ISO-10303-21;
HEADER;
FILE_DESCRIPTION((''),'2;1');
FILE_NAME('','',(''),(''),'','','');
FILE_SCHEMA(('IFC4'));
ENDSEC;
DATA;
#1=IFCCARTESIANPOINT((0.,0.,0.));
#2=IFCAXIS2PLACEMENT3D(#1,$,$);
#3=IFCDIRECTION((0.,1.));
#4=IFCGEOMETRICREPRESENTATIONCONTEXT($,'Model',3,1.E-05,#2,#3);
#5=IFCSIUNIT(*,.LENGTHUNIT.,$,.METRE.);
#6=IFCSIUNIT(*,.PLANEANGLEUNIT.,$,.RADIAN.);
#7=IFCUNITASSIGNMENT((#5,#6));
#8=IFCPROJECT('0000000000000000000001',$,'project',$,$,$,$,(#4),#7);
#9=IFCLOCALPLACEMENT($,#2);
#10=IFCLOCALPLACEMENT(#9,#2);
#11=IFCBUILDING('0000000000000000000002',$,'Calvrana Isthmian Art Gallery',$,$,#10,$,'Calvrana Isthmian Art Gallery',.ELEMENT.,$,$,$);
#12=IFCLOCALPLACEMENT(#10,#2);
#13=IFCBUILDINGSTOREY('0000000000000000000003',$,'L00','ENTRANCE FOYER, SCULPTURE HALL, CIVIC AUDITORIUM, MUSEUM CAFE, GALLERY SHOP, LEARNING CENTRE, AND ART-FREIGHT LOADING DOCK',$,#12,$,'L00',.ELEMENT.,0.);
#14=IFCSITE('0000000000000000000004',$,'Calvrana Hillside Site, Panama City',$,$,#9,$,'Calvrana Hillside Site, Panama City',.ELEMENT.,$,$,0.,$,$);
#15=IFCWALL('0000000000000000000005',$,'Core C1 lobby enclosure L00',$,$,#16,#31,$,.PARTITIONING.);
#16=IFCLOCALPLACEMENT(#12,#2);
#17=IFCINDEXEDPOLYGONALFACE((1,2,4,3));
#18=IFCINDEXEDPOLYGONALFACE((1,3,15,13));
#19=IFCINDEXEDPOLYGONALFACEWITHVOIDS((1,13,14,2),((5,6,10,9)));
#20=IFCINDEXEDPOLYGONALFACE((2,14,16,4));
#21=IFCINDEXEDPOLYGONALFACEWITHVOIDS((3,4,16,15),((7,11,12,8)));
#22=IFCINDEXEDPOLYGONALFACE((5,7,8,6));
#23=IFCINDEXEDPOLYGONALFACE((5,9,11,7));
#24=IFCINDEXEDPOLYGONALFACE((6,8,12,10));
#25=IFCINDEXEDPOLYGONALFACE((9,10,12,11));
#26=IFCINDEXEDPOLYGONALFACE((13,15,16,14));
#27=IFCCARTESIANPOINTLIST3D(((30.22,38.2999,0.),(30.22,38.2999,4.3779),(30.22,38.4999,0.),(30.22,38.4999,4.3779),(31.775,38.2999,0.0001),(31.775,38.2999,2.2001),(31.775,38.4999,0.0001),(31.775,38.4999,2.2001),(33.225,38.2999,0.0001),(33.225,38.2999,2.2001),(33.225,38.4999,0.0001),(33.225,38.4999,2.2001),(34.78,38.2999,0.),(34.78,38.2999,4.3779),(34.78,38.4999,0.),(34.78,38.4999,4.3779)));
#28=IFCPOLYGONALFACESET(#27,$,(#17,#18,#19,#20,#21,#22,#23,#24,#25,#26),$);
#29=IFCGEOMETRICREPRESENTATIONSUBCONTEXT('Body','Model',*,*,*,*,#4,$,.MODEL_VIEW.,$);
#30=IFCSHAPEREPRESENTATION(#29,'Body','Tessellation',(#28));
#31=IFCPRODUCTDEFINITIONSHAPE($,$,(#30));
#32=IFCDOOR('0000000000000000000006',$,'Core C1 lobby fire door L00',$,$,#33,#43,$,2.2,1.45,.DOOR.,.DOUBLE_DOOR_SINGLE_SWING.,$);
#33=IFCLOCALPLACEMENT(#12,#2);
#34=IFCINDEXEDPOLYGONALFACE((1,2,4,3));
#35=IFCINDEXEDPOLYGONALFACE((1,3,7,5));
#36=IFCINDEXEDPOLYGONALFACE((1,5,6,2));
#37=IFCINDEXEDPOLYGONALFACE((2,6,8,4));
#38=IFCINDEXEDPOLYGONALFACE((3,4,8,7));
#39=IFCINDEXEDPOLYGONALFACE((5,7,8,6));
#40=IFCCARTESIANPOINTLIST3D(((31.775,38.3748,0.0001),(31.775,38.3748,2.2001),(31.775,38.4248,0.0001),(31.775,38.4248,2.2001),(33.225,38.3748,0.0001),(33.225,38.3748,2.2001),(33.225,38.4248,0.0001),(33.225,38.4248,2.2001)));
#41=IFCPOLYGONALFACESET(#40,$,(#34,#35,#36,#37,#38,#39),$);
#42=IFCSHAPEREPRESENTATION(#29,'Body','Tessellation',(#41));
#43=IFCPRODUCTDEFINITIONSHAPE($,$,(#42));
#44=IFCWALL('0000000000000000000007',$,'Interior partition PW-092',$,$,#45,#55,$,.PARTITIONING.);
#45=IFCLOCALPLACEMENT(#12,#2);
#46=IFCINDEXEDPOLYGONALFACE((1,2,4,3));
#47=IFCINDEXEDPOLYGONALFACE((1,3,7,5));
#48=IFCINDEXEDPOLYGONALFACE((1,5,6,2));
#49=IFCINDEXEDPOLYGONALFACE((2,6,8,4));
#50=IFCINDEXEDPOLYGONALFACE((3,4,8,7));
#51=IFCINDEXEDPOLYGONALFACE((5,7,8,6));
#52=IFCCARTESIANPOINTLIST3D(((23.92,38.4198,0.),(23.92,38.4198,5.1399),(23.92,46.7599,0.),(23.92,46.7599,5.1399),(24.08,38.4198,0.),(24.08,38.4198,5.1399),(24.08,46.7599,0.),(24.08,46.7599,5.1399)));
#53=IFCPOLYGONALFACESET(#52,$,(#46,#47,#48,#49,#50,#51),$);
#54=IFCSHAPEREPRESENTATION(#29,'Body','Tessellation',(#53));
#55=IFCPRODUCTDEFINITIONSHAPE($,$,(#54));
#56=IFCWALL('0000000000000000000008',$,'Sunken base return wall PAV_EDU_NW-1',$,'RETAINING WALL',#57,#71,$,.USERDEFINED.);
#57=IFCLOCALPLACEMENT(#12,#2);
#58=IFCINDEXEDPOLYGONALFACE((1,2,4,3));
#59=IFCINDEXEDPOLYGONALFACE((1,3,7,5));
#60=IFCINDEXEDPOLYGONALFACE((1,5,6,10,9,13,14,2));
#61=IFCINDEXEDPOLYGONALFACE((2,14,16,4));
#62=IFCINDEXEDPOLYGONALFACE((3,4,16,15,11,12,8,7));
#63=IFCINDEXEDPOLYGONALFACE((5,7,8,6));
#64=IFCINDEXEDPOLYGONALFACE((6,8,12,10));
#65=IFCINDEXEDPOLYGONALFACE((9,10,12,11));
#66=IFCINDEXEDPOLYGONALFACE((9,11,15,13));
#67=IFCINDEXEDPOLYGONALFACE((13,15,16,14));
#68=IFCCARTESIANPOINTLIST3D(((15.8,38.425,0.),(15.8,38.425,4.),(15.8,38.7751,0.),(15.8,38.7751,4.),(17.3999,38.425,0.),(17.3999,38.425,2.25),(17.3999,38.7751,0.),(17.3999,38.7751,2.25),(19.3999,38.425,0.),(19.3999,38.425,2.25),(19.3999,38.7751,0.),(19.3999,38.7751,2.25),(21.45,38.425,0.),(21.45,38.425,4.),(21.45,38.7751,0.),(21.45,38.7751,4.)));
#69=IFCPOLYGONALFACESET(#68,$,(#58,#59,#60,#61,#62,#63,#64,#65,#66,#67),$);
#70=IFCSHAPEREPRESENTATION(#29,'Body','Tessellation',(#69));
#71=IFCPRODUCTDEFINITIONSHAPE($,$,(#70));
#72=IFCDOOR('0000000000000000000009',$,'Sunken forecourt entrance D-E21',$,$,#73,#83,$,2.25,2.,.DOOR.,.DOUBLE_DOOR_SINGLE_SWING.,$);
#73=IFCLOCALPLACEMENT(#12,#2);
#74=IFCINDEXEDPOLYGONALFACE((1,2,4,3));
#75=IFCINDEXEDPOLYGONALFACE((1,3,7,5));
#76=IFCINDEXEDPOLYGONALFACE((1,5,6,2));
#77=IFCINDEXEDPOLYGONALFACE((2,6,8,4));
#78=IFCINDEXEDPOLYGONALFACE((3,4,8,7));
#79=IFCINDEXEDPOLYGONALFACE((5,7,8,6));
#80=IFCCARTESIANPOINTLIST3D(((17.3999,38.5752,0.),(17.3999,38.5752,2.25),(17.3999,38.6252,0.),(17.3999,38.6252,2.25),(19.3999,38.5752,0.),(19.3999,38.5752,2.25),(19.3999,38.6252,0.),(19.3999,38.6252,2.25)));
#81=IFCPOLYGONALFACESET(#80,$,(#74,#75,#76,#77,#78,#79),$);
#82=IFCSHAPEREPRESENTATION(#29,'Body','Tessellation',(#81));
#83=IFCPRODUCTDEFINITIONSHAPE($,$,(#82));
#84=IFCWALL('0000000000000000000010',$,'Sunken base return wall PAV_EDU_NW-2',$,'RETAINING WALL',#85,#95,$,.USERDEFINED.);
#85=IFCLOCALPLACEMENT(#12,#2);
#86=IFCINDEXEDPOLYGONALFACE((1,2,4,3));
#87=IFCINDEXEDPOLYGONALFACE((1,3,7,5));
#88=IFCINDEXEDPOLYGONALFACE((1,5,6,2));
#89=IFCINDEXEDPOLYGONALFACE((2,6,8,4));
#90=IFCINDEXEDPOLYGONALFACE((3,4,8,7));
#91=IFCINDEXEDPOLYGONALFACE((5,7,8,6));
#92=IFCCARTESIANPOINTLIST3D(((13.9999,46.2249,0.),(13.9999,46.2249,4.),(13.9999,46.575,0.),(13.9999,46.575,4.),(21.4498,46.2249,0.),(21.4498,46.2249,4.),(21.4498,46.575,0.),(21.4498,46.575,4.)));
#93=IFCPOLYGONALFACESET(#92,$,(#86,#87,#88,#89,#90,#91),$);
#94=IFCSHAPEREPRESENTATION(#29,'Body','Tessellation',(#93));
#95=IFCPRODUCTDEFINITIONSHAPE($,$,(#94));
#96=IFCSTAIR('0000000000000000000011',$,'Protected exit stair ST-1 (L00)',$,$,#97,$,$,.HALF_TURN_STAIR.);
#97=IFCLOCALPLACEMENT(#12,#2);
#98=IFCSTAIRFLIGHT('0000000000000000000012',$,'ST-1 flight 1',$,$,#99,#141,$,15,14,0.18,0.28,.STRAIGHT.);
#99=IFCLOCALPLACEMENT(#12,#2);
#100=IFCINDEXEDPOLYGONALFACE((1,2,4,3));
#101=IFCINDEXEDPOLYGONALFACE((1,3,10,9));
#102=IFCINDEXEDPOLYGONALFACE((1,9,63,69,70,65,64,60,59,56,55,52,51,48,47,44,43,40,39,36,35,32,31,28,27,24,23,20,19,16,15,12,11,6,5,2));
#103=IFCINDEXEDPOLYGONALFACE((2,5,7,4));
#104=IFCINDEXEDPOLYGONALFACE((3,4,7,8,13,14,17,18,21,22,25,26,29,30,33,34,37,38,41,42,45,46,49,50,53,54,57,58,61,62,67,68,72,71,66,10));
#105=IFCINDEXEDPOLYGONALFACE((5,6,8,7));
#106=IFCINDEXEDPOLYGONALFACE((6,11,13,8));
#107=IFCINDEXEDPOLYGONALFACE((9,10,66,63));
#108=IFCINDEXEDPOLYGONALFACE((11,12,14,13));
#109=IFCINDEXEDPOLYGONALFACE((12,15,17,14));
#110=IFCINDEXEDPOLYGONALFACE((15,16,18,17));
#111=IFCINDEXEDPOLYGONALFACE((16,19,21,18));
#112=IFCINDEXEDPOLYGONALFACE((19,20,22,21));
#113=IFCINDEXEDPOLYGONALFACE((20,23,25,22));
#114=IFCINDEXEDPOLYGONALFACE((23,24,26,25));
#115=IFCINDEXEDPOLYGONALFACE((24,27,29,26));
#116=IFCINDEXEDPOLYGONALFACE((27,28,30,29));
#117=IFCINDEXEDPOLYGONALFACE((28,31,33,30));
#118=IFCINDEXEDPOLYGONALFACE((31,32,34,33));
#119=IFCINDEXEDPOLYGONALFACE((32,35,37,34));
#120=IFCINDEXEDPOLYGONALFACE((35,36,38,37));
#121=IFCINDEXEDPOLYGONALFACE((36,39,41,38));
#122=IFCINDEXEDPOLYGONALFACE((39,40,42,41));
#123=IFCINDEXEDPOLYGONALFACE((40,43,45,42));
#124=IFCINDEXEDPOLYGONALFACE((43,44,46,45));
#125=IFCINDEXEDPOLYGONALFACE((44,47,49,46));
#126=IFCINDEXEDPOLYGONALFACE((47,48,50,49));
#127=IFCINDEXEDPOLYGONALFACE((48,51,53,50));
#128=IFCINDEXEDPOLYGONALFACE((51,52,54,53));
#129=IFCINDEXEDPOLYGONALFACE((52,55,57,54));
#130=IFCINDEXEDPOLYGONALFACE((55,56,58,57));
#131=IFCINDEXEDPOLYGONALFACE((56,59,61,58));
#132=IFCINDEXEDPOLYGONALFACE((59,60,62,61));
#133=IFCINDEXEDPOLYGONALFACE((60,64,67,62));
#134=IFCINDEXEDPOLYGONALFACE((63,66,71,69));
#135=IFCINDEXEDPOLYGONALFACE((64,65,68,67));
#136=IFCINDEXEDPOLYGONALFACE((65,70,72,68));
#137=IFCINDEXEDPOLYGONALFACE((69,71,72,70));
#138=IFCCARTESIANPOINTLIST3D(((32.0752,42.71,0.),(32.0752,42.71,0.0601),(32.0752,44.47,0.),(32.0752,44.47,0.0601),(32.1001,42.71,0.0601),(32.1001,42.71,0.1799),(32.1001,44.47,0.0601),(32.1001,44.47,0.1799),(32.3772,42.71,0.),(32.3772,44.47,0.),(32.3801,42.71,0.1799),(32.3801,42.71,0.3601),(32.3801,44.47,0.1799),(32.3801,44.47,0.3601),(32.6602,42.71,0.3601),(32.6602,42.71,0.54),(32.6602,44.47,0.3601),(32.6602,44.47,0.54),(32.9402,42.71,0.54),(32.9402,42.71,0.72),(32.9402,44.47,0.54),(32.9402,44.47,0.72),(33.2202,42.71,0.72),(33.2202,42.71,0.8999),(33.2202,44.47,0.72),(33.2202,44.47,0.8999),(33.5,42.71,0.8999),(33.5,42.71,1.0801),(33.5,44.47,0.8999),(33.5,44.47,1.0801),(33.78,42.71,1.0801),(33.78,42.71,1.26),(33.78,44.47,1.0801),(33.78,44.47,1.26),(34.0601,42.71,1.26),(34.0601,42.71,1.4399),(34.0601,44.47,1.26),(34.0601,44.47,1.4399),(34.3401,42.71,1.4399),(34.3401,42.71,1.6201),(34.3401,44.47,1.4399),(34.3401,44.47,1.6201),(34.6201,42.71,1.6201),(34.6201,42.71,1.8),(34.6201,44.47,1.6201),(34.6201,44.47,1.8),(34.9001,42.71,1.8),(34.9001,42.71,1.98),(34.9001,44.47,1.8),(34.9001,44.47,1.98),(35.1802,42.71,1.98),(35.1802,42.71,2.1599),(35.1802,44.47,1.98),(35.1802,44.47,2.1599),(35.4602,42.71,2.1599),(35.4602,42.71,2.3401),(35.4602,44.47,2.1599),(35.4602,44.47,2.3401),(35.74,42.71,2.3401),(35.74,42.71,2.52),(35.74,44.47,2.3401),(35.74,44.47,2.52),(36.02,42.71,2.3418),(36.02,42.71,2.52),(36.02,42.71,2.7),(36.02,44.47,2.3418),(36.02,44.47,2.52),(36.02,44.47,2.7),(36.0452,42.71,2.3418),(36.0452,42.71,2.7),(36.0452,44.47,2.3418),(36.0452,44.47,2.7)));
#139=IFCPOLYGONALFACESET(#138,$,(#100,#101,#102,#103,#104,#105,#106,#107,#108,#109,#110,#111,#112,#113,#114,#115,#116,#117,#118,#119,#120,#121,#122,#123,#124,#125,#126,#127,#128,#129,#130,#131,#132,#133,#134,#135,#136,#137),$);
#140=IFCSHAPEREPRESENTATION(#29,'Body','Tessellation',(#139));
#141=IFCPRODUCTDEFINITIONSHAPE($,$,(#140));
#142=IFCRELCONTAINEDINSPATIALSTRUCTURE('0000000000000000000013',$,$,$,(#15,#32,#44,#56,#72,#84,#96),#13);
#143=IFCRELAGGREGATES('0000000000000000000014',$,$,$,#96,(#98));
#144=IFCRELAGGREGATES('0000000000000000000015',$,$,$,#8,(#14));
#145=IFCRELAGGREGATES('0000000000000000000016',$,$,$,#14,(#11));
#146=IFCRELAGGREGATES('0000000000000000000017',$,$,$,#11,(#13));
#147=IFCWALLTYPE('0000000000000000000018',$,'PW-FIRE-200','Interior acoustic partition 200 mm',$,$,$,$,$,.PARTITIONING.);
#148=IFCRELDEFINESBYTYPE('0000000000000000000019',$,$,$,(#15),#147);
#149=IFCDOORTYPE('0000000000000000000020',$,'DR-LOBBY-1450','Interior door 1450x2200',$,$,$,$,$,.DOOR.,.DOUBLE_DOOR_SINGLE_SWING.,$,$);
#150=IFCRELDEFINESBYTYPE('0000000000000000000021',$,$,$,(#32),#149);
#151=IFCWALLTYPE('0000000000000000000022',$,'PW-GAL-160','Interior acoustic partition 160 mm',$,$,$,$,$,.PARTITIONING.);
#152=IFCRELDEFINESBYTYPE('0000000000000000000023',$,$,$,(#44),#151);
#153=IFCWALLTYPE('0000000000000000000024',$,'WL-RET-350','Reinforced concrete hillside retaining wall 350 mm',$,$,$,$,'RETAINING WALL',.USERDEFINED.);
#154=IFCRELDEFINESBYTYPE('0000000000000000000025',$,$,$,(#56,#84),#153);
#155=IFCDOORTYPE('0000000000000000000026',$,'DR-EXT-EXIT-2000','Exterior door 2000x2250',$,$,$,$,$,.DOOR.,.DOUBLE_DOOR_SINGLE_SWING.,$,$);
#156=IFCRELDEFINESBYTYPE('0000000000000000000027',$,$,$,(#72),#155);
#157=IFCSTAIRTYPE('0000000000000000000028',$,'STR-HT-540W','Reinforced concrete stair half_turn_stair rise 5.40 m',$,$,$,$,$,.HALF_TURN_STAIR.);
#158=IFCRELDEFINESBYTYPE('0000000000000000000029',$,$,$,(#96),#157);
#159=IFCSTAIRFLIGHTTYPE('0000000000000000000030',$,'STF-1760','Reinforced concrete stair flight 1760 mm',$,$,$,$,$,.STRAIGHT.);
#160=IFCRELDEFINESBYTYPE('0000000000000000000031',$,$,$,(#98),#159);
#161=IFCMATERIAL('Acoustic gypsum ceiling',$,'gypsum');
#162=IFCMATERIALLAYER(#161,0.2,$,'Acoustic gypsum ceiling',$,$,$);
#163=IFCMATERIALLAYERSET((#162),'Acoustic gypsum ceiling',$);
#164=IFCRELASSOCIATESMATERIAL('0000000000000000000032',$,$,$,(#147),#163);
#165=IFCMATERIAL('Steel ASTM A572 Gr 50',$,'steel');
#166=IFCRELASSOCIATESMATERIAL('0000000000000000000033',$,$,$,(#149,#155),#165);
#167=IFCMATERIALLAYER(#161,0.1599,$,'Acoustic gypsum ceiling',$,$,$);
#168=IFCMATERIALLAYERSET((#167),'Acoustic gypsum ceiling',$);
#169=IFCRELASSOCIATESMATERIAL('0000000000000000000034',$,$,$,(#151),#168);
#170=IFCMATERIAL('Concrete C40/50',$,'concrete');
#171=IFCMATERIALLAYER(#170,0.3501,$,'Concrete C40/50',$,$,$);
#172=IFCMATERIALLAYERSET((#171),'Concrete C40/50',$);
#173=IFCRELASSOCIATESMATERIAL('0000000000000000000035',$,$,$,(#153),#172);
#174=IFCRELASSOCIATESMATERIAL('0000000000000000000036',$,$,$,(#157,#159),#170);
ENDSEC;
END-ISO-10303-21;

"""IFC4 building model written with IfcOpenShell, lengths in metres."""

from ifc_helpers import new_model, si_unit, direction, frame, frame_2d, origin, place, context, subcontext, project, spatial, polyline, rectangle, outline, extrude, material, layer, layer_set, type_object, element, fill, aggregate, save


model = new_model("IFC4")

# Units and contexts
model_context = context("Model", 3, precision=1e-05, world=origin(), true_north=direction((0.0, 1.0)))
body_context = subcontext(model_context, "Body", "Model", "MODEL_VIEW")
ifc_project = project(units=[si_unit("LENGTHUNIT", "METRE"), si_unit("PLANEANGLEUNIT", "RADIAN")], contexts=[model_context])

# Site, building, storey
site_placement = place(None, origin())
site = spatial("IfcSite", under=ifc_project, at=site_placement, Name="Calvrana Hillside Site, Panama City", LongName="Calvrana Hillside Site, Panama City", CompositionType="ELEMENT", RefElevation=0.0)
building_placement = place(site_placement, origin())
building = spatial("IfcBuilding", under=site, at=building_placement, Name="Calvrana Isthmian Art Gallery", LongName="Calvrana Isthmian Art Gallery", CompositionType="ELEMENT")
storey_placement = place(building_placement, origin())
storey = spatial("IfcBuildingStorey", under=building, at=storey_placement, Name="L00", Description="ENTRANCE FOYER, SCULPTURE HALL, CIVIC AUDITORIUM, MUSEUM CAFE, GALLERY SHOP, LEARNING CENTRE, AND ART-FREIGHT LOADING DOCK", LongName="L00", CompositionType="ELEMENT", Elevation=0.0)

# Shared definitions
ifc_material_1 = material(Name="Concrete C40/50", Category="concrete")
ifc_material_2 = material(Name="Steel ASTM A572 Gr 50", Category="steel")

# Shared definitions
ifc_material_3 = material(Name="Acoustic gypsum ceiling", Category="gypsum")
ifc_layer_1 = layer(ifc_material_3, 0.2, Name="Acoustic gypsum ceiling")
ifc_layer_set_1 = layer_set([ifc_layer_1], Name="Acoustic gypsum ceiling")
wall_type_1 = type_object("IfcWallType", Name="PW-FIRE-200", Description="Interior acoustic partition 200 mm", PredefinedType="PARTITIONING", material=ifc_layer_set_1)

# Wall, opening, door
wall_1_placement = place(storey_placement, frame((30.22, 38.3999, 0.0), z_axis=(0.0, 0.0, 1.0), x_axis=(1.0, 0.0, 0.0)))
wall_1 = element("IfcWall", 1, at=wall_1_placement, inside=storey, type_object=wall_type_1, Name="Core C1 lobby enclosure L00", PredefinedType="PARTITIONING", context=body_context, shape_type="SweptSolid", body=[
    extrude(rectangle(XDim=4.5601, YDim=0.2, at=frame_2d((2.28, 0.0))), origin(), (0.0, 0.0, 1.0), 4.3779),
])
opening_1_placement = place(wall_1_placement, frame((1.5549, 0.0, 0.0)))
opening_1 = element("IfcOpeningElement", 2, at=opening_1_placement, cuts=wall_1, PredefinedType="OPENING", context=body_context, shape_type="SweptSolid", body=[
    extrude(rectangle(XDim=1.45, YDim=2.2, at=frame_2d((0.7251, 1.1001))), frame((0.0, 0.1104, 0.0), z_axis=(0.0, -1.0, 0.0), x_axis=(1.0, 0.0, 0.0)), (0.0, 0.0, 1.0), 0.2205),
])
door_type_1 = type_object("IfcDoorType", Name="DR-LOBBY-1450", Description="Interior door 1450x2200", OperationType="DOUBLE_DOOR_SINGLE_SWING", PredefinedType="DOOR", material=ifc_material_2)
door_1_placement = place(opening_1_placement, origin())
door_1 = element("IfcDoor", 3, at=door_1_placement, inside=storey, type_object=door_type_1, Name="Core C1 lobby fire door L00", OperationType="DOUBLE_DOOR_SINGLE_SWING", OverallHeight=2.2, OverallWidth=1.45, PredefinedType="DOOR", context=body_context, shape_type="SweptSolid", body=[
    extrude(rectangle(XDim=1.45, YDim=2.2, at=frame_2d((0.7251, 1.1001))), frame((0.0, 0.0249, 0.0), z_axis=(0.0, -1.0, 0.0), x_axis=(1.0, 0.0, 0.0)), (0.0, 0.0, 1.0), 0.05),
])
fill(opening_1, door_1)

# Wall
ifc_layer_2 = layer(ifc_material_3, 0.1599, Name="Acoustic gypsum ceiling")
ifc_layer_set_2 = layer_set([ifc_layer_2], Name="Acoustic gypsum ceiling")
wall_type_2 = type_object("IfcWallType", Name="PW-GAL-160", Description="Interior acoustic partition 160 mm", PredefinedType="PARTITIONING", material=ifc_layer_set_2)
wall_2_placement = place(storey_placement, frame((24.0, 38.4199, 0.0), z_axis=(0.0, 0.0, 1.0), x_axis=(0.0, 1.0, 0.0)))
element("IfcWall", 4, at=wall_2_placement, inside=storey, type_object=wall_type_2, Name="Interior partition PW-092", PredefinedType="PARTITIONING", context=body_context, shape_type="SweptSolid", body=[
    extrude(rectangle(XDim=8.3401, YDim=0.1599, at=frame_2d((4.1699, 0.0))), origin(), (0.0, 0.0, 1.0), 5.1399),
])

# Wall, opening, door
ifc_layer_3 = layer(ifc_material_1, 0.3501, Name="Concrete C40/50")
ifc_layer_set_3 = layer_set([ifc_layer_3], Name="Concrete C40/50")
wall_type_3 = type_object("IfcWallType", Name="WL-RET-350", Description="Reinforced concrete hillside retaining wall 350 mm", ElementType="RETAINING WALL", PredefinedType="USERDEFINED", material=ifc_layer_set_3)
wall_3_placement = place(storey_placement, frame((21.45, 38.6001, 0.0), z_axis=(0.0, 0.0, 1.0), x_axis=(-1.0, 0.0, 0.0)))
wall_3 = element("IfcWall", 5, at=wall_3_placement, inside=storey, type_object=wall_type_3, Name="Sunken base return wall PAV_EDU_NW-1", ObjectType="RETAINING WALL", PredefinedType="USERDEFINED", context=body_context, shape_type="SweptSolid", body=[
    extrude(rectangle(XDim=5.6499, YDim=0.3501, at=frame_2d((2.825, 0.0))), origin(), (0.0, 0.0, 1.0), 4.0),
])
opening_2_placement = place(wall_3_placement, frame((2.05, 0.0, 0.0)))
opening_2 = element("IfcOpeningElement", 6, at=opening_2_placement, cuts=wall_3, PredefinedType="OPENING", context=body_context, shape_type="SweptSolid", body=[
    extrude(rectangle(XDim=2.0, YDim=2.25, at=frame_2d((1.0, 1.125))), frame((0.0, 0.1853, 0.0), z_axis=(0.0, -1.0, 0.0), x_axis=(1.0, 0.0, 0.0)), (0.0, 0.0, 1.0), 0.3706),
])
door_type_2 = type_object("IfcDoorType", Name="DR-EXT-EXIT-2000", Description="Exterior door 2000x2250", OperationType="DOUBLE_DOOR_SINGLE_SWING", PredefinedType="DOOR", material=ifc_material_2)
door_2_placement = place(opening_2_placement, origin())
door_2 = element("IfcDoor", 7, at=door_2_placement, inside=storey, type_object=door_type_2, Name="Sunken forecourt entrance D-E21", OperationType="DOUBLE_DOOR_SINGLE_SWING", OverallHeight=2.25, OverallWidth=2.0, PredefinedType="DOOR", context=body_context, shape_type="SweptSolid", body=[
    extrude(rectangle(XDim=2.0, YDim=2.25, at=frame_2d((1.0, 1.125))), frame((0.0, 0.0249, 0.0), z_axis=(0.0, -1.0, 0.0), x_axis=(1.0, 0.0, 0.0)), (0.0, 0.0, 1.0), 0.05),
])
fill(opening_2, door_2)

# Wall
wall_4_placement = place(storey_placement, frame((21.45, 46.3999, 0.0), z_axis=(0.0, 0.0, 1.0), x_axis=(-1.0, 0.0, 0.0)))
element("IfcWall", 8, at=wall_4_placement, inside=storey, type_object=wall_type_3, Name="Sunken base return wall PAV_EDU_NW-2", ObjectType="RETAINING WALL", PredefinedType="USERDEFINED", context=body_context, shape_type="SweptSolid", body=[
    extrude(rectangle(XDim=7.45, YDim=0.3501, at=frame_2d((3.7251, 0.0))), origin(), (0.0, 0.0, 1.0), 4.0),
])

# Stair, stair flight
stair_type = type_object("IfcStairType", Name="STR-HT-540W", Description="Reinforced concrete stair half_turn_stair rise 5.40 m", PredefinedType="HALF_TURN_STAIR", material=ifc_material_1)
stair_placement = place(storey_placement, origin())
stair = element("IfcStair", 9, at=stair_placement, inside=storey, type_object=stair_type, Name="Protected exit stair ST-1 (L00)", PredefinedType="HALF_TURN_STAIR")
stair_flight_type = type_object("IfcStairFlightType", Name="STF-1760", Description="Reinforced concrete stair flight 1760 mm", PredefinedType="STRAIGHT", material=ifc_material_1)
stair_flight_placement = place(storey_placement, frame((32.1001, 43.5901, 0.0), z_axis=(0.0, 0.0, 1.0), x_axis=(1.0, 0.0, 0.0)))
stair_flight = element("IfcStairFlight", 10, at=stair_flight_placement, type_object=stair_flight_type, Name="ST-1 flight 1", NumberOfRisers=15, NumberOfTreads=14, PredefinedType="STRAIGHT", RiserHeight=0.18, TreadLength=0.28, context=body_context, shape_type="SweptSolid", body=[
    extrude(outline(polyline([(-0.0249, 0.0), (-0.0249, 0.0601), (0.0, 0.0601), (0.0, 0.1799), (0.28, 0.1799), (0.28, 0.3601), (0.5601, 0.3601), (0.5601, 0.54), (0.8401, 0.54), (0.8401, 0.72), (1.1201, 0.72), (1.1201, 0.8999), (1.3999, 0.8999), (1.3999, 1.0801), (1.6799, 1.0801), (1.6799, 1.26), (1.96, 1.26), (1.96, 1.4399), (2.24, 1.4399), (2.24, 1.6201), (2.52, 1.6201), (2.52, 1.8), (2.8, 1.8), (2.8, 1.98), (3.0801, 1.98), (3.0801, 2.1599), (3.3601, 2.1599), (3.3601, 2.3401), (3.6399, 2.3401), (3.6399, 2.52), (3.9199, 2.52), (3.9199, 2.7), (3.9451, 2.7), (3.9451, 2.3418), (3.9199, 2.3418), (0.2771, 0.0), (-0.0249, 0.0)])), frame((0.0, 0.8799, 0.0), z_axis=(0.0, -1.0, 0.0), x_axis=(1.0, 0.0, 0.0)), (0.0, 0.0, 1.0), 1.76),
])
aggregate(stair, [stair_flight])

save(model, "model.ifc")
